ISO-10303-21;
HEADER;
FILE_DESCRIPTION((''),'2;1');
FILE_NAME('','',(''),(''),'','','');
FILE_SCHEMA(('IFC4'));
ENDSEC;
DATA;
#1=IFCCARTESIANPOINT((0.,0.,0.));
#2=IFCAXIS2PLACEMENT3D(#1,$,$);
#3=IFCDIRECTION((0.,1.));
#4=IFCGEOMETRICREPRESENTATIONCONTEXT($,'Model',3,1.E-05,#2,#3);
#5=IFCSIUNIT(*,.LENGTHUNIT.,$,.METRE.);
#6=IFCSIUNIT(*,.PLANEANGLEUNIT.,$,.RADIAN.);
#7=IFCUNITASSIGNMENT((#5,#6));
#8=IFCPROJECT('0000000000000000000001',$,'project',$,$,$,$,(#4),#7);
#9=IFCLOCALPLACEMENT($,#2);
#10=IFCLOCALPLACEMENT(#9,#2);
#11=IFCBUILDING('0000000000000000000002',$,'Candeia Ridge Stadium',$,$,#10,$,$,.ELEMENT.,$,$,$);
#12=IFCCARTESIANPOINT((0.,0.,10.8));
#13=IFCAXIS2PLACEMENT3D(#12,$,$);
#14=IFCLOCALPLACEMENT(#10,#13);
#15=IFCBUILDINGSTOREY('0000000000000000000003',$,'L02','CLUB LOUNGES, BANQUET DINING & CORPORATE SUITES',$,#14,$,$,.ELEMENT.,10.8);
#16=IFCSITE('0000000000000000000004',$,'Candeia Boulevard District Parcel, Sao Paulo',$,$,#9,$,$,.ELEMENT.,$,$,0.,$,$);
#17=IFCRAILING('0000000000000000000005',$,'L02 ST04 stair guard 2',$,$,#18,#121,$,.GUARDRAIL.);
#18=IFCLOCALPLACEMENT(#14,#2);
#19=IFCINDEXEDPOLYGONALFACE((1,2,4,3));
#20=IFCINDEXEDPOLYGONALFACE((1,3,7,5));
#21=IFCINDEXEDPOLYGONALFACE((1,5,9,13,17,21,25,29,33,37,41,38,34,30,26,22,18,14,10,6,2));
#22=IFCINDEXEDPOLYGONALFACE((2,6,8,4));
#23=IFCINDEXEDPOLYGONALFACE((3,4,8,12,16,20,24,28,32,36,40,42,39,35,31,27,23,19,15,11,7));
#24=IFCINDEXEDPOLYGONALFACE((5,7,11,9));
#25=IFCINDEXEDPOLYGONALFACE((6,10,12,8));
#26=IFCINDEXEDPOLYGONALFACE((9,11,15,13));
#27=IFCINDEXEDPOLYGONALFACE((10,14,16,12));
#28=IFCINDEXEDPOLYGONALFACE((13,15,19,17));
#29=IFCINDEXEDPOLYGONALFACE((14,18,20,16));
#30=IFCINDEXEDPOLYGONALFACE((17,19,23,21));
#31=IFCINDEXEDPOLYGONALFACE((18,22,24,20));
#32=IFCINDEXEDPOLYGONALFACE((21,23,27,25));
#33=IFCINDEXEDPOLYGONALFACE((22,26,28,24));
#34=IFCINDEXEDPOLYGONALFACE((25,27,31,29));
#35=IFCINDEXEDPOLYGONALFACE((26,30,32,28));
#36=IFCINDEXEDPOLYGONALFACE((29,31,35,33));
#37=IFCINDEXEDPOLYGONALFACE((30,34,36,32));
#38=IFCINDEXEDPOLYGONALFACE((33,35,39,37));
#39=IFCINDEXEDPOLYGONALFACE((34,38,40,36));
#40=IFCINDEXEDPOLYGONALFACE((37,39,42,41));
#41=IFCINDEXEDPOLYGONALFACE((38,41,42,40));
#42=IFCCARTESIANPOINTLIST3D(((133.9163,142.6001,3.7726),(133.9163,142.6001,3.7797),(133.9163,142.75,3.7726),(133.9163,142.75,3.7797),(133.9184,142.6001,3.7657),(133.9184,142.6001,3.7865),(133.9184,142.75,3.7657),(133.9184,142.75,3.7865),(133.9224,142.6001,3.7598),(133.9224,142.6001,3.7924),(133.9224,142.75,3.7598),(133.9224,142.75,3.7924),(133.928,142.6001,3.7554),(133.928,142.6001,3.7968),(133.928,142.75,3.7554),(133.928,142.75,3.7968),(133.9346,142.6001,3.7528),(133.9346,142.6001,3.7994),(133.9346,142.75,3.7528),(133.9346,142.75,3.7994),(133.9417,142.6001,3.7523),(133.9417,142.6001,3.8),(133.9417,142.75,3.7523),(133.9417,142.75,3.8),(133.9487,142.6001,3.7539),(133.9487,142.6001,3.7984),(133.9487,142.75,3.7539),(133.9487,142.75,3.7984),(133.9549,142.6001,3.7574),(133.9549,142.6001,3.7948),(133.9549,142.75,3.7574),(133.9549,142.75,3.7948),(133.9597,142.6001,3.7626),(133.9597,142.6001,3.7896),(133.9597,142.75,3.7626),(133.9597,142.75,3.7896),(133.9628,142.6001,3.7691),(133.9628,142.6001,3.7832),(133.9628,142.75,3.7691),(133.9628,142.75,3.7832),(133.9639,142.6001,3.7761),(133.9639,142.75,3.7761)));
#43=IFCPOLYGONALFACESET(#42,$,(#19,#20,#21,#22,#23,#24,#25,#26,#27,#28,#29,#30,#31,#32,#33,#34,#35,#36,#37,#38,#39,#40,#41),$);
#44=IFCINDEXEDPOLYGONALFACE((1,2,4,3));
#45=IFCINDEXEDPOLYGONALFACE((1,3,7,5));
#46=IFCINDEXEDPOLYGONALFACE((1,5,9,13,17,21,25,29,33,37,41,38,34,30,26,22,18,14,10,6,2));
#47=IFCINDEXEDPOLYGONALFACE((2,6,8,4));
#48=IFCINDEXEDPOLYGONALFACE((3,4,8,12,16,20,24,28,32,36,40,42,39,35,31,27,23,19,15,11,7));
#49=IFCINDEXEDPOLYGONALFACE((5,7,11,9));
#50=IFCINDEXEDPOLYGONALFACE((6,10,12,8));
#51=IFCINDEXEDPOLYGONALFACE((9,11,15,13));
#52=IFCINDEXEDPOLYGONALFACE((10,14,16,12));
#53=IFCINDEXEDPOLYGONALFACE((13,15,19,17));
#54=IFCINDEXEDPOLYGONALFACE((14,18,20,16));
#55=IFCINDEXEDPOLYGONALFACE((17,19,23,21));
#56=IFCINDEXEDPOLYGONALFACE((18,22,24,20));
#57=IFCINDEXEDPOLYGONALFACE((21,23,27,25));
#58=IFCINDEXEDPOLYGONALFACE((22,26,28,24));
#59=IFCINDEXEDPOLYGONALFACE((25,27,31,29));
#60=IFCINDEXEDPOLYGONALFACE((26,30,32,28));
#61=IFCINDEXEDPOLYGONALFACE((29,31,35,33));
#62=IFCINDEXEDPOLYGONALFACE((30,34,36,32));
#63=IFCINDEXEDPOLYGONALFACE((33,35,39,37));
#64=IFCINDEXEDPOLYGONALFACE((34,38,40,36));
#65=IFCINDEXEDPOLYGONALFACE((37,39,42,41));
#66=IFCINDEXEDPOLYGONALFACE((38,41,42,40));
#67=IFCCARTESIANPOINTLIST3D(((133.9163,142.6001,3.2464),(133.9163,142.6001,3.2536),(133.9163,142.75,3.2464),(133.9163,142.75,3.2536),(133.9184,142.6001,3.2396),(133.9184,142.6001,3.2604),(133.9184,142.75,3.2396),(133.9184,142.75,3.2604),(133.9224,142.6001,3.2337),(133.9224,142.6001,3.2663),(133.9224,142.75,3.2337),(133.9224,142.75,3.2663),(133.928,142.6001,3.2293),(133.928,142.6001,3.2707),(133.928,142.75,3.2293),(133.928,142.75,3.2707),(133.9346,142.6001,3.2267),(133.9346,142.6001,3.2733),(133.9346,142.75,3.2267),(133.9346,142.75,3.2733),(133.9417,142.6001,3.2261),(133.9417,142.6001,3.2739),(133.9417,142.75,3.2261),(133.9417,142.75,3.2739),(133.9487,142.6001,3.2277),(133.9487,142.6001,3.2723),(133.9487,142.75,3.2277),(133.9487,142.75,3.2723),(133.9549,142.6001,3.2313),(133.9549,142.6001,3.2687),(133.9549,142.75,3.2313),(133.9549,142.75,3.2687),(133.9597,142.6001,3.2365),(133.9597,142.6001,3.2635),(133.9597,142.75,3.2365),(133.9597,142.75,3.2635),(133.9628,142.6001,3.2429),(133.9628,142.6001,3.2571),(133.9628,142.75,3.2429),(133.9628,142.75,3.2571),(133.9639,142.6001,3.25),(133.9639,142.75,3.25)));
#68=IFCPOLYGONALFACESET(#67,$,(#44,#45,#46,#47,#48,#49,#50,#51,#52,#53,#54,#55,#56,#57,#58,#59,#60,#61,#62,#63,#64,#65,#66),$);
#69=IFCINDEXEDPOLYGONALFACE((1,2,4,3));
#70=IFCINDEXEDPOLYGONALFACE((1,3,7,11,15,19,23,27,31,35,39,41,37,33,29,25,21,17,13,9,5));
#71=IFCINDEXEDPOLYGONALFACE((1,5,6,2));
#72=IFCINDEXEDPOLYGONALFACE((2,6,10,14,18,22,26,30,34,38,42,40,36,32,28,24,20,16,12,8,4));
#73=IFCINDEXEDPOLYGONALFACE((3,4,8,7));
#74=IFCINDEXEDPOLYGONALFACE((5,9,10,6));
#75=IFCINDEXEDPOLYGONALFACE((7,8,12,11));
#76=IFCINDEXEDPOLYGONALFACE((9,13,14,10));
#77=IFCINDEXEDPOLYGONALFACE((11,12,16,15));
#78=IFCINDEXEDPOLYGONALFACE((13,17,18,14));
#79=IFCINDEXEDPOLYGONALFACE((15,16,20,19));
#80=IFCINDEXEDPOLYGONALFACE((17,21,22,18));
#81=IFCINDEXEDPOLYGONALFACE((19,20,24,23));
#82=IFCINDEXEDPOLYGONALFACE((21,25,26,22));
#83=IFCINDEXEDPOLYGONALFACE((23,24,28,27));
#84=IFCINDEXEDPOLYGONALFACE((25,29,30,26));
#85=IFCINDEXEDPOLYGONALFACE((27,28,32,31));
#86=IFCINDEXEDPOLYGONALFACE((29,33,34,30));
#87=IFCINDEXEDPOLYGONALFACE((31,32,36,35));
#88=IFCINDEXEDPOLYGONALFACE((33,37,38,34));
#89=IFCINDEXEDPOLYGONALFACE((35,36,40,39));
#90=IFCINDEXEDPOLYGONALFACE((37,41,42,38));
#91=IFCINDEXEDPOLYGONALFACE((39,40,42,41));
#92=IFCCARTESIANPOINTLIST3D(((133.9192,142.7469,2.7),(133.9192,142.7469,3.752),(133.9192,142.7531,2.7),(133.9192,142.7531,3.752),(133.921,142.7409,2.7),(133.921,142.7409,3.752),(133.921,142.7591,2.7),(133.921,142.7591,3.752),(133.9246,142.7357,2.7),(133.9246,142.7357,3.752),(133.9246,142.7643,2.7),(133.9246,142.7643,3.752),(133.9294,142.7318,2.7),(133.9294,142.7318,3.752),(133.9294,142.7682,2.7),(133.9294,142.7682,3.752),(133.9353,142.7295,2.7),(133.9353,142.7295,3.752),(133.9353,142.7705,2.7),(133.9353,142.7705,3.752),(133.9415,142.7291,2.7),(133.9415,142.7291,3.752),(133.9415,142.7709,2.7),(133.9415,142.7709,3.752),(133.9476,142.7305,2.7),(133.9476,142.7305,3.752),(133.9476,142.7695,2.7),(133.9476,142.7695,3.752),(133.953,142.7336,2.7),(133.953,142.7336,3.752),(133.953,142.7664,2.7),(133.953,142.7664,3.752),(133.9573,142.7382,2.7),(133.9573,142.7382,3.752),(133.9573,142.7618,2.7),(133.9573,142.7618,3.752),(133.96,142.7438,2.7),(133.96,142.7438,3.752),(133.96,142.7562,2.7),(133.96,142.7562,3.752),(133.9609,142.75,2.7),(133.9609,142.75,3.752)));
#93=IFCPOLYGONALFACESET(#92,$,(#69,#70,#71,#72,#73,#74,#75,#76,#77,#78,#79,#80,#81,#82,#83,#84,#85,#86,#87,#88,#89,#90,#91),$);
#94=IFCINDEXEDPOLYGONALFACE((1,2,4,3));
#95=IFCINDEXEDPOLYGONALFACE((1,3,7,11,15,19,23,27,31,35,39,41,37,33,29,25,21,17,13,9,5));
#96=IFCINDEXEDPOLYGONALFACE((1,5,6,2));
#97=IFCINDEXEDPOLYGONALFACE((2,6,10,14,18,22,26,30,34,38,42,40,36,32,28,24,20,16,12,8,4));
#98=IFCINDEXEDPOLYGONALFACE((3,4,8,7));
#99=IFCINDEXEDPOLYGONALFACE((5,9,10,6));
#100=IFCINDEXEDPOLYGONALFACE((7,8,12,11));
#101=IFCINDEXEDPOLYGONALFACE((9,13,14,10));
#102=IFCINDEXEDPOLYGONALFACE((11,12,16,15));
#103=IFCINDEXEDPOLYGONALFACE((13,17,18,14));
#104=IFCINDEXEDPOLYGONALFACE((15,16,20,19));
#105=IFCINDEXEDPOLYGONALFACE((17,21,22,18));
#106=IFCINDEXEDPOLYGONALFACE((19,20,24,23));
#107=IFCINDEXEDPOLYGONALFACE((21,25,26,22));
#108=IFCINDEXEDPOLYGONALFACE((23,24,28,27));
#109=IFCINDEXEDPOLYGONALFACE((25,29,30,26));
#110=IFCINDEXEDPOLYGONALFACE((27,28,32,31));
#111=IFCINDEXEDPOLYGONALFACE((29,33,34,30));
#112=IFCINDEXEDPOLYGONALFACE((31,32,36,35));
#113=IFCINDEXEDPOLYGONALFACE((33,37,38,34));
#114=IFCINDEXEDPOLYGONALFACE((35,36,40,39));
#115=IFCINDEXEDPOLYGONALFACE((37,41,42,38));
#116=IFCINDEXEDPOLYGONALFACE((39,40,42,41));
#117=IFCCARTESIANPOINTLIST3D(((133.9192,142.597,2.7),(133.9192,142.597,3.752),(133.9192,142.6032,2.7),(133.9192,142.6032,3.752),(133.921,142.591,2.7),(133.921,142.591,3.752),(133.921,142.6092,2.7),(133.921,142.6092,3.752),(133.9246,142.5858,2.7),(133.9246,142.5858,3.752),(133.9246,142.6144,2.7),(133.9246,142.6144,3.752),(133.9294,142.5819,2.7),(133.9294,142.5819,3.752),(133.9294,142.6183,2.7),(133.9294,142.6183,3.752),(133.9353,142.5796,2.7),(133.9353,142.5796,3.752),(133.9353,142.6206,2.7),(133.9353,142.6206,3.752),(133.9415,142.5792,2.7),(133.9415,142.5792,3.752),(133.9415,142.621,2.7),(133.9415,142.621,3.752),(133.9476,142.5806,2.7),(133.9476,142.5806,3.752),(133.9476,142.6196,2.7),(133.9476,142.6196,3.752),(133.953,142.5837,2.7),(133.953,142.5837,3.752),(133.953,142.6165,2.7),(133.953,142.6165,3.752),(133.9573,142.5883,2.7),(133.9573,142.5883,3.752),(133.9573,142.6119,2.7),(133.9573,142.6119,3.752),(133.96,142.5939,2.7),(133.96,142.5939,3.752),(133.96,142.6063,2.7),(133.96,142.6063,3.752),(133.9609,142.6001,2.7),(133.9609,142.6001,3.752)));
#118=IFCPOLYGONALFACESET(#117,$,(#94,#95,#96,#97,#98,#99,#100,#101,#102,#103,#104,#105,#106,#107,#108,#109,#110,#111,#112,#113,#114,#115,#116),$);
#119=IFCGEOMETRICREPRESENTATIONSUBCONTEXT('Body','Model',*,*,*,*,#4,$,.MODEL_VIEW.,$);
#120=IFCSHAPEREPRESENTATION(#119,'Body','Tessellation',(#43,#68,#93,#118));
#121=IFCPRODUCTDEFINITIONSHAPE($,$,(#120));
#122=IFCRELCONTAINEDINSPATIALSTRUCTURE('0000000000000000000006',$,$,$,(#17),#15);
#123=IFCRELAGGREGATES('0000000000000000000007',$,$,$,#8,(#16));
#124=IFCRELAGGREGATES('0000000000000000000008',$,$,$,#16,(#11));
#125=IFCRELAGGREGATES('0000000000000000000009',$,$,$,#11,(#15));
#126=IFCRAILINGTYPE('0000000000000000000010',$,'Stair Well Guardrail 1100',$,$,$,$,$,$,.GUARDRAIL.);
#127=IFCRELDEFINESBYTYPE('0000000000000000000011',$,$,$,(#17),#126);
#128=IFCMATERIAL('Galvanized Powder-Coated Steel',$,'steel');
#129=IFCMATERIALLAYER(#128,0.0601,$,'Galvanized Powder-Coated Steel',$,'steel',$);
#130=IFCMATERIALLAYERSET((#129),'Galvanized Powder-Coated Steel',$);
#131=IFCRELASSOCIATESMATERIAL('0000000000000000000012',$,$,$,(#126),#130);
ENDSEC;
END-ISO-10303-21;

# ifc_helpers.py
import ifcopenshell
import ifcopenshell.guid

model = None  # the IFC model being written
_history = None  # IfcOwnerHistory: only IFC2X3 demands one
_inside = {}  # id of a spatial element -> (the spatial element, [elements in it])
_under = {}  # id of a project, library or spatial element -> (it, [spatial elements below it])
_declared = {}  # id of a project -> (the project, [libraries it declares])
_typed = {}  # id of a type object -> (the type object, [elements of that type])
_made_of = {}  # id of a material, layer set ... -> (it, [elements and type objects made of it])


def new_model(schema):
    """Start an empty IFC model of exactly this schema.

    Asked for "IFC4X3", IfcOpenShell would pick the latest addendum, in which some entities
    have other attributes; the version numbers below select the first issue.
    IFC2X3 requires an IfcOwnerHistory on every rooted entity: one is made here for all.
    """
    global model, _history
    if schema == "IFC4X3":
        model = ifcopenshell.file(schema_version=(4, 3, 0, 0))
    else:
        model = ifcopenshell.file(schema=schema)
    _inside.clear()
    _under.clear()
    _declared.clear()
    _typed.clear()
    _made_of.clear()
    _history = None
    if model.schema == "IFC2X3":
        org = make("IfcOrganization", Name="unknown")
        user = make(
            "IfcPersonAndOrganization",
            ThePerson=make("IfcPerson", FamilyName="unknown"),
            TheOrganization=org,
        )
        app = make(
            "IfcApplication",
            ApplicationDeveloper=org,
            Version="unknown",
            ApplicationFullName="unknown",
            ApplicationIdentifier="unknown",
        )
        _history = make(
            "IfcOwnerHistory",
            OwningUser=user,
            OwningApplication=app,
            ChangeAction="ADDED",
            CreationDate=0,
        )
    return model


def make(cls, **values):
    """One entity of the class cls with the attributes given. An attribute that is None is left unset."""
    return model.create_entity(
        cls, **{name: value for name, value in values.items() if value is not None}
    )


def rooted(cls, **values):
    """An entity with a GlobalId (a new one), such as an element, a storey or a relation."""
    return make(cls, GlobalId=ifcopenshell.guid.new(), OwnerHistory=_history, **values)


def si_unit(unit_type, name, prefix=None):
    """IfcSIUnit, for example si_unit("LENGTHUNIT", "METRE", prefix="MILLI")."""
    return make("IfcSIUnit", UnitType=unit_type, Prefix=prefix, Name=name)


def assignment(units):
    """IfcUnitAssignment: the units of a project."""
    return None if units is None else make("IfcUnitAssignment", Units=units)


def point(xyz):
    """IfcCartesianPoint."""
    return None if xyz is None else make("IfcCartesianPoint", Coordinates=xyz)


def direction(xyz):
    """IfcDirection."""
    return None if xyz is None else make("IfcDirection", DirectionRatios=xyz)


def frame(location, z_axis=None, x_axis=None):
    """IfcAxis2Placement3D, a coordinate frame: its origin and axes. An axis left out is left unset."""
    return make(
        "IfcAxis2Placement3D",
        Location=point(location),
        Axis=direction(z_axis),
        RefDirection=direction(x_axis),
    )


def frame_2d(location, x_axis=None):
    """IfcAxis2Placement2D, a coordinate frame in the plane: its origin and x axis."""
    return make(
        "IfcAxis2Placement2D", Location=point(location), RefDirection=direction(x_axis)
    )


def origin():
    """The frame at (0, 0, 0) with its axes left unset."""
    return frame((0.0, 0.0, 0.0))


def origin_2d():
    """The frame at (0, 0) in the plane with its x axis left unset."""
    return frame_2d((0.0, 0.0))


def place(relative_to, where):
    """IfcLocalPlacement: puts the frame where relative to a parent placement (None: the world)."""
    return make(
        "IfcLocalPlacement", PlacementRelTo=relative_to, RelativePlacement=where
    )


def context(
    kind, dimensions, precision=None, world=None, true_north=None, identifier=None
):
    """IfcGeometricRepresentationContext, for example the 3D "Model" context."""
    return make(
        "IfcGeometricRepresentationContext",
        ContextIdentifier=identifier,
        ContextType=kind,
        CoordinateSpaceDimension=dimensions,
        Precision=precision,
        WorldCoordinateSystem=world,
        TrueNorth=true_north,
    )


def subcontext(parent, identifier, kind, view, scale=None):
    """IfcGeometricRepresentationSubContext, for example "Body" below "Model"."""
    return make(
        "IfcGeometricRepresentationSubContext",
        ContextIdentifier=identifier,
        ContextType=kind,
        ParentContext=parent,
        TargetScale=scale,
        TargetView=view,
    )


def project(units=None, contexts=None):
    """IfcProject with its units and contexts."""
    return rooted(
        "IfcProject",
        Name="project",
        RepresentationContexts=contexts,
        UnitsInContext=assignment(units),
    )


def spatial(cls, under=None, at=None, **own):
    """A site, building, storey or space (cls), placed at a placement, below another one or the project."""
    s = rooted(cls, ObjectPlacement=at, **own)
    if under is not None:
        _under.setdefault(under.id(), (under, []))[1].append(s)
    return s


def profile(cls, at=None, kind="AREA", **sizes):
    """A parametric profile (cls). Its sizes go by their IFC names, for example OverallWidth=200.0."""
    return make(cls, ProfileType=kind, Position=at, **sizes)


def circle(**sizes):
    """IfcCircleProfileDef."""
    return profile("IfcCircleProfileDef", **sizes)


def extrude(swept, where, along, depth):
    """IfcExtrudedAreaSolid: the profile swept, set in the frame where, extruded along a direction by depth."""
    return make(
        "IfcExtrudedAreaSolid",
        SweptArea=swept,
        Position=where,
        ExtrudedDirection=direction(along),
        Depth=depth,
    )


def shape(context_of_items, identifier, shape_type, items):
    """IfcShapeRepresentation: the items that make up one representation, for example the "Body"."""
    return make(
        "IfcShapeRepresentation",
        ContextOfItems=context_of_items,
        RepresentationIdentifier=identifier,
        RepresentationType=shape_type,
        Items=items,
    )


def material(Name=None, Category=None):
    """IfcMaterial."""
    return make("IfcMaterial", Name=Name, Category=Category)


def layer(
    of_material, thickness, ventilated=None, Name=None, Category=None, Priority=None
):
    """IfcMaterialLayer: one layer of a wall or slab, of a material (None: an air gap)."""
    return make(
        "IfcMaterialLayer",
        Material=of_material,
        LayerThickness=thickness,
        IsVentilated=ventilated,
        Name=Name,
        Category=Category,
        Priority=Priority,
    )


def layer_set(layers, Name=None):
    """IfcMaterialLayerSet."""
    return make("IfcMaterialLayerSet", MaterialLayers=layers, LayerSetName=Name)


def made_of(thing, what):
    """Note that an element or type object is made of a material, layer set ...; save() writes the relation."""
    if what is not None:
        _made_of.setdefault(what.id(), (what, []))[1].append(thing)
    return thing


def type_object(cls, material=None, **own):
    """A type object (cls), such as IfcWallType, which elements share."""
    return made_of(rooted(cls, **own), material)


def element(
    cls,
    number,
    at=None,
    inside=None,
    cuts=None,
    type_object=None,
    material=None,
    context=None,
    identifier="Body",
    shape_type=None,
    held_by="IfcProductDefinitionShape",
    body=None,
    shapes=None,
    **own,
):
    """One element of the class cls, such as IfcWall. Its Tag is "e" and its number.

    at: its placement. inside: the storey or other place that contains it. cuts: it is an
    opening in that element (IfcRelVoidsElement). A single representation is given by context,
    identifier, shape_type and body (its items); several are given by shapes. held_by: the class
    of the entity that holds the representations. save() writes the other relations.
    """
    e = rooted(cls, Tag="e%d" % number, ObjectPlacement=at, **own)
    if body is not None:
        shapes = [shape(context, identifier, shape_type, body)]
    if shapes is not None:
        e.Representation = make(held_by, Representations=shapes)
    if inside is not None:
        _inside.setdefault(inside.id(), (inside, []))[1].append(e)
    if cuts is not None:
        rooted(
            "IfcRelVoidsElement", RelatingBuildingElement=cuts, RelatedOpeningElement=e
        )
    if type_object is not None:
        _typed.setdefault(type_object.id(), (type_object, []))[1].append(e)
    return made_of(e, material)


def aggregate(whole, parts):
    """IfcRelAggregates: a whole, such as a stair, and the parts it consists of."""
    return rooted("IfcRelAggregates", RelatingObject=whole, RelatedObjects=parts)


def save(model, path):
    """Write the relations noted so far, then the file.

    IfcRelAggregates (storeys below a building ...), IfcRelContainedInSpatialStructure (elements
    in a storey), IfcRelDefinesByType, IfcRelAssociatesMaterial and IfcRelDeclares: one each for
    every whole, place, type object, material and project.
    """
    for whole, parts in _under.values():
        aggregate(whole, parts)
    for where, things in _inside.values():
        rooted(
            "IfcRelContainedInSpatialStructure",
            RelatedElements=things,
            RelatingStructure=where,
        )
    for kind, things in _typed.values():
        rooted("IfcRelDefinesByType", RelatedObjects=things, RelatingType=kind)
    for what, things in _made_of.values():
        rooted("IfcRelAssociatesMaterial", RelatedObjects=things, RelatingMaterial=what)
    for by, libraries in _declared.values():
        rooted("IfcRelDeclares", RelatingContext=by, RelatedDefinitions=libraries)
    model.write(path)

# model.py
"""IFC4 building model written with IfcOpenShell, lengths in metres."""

from ifc_helpers import new_model, si_unit, direction, frame, origin, origin_2d, place, context, subcontext, project, spatial, circle, extrude, material, layer, layer_set, type_object, element, save


model = new_model("IFC4")

# Units and contexts
model_context = context("Model", 3, precision=1e-05, world=origin(), true_north=direction((0.0, 1.0)))
body_context = subcontext(model_context, "Body", "Model", "MODEL_VIEW")
ifc_project = project(units=[si_unit("LENGTHUNIT", "METRE"), si_unit("PLANEANGLEUNIT", "RADIAN")], contexts=[model_context])

# Site, building, storey
site_placement = place(None, origin())
site = spatial("IfcSite", under=ifc_project, at=site_placement, Name="Candeia Boulevard District Parcel, Sao Paulo", CompositionType="ELEMENT", RefElevation=0.0)
building_placement = place(site_placement, origin())
building = spatial("IfcBuilding", under=site, at=building_placement, Name="Candeia Ridge Stadium", CompositionType="ELEMENT")
storey_placement = place(building_placement, frame((0.0, 0.0, 10.8)))
storey = spatial("IfcBuildingStorey", under=building, at=storey_placement, Name="L02", Description="CLUB LOUNGES, BANQUET DINING & CORPORATE SUITES", CompositionType="ELEMENT", Elevation=10.8)

# Railing
ifc_material_1 = material(Name="Galvanized Powder-Coated Steel", Category="steel")
ifc_layer_1 = layer(ifc_material_1, 0.0601, Name="Galvanized Powder-Coated Steel", Category="steel")
ifc_layer_set_1 = layer_set([ifc_layer_1], Name="Galvanized Powder-Coated Steel")
railing_type_1 = type_object("IfcRailingType", Name="Stair Well Guardrail 1100", PredefinedType="GUARDRAIL", material=ifc_layer_set_1)
railing_1_placement = place(storey_placement, frame((133.9399, 142.75, 2.7)))
element("IfcRailing", 1, at=railing_1_placement, inside=storey, type_object=railing_type_1, Name="L02 ST04 stair guard 2", PredefinedType="GUARDRAIL", context=body_context, shape_type="SweptSolid", body=[
    extrude(circle(Radius=0.0239, at=origin_2d()), frame((0.0, 0.0, 1.0762), z_axis=(0.0, -1.0, 0.0), x_axis=(1.0, 0.0, 0.0)), (0.0, 0.0, 1.0), 0.1499),
    extrude(circle(Radius=0.0239, at=origin_2d()), frame((0.0, 0.0, 0.55), z_axis=(0.0, -1.0, 0.0), x_axis=(1.0, 0.0, 0.0)), (0.0, 0.0, 1.0), 0.1499),
    extrude(circle(Radius=0.021, at=origin_2d()), origin(), (0.0, 0.0, 1.0), 1.052),
    extrude(circle(Radius=0.021, at=origin_2d()), frame((0.0, -0.1499, 0.0)), (0.0, 0.0, 1.0), 1.052),
])

save(model, "model.ifc")
